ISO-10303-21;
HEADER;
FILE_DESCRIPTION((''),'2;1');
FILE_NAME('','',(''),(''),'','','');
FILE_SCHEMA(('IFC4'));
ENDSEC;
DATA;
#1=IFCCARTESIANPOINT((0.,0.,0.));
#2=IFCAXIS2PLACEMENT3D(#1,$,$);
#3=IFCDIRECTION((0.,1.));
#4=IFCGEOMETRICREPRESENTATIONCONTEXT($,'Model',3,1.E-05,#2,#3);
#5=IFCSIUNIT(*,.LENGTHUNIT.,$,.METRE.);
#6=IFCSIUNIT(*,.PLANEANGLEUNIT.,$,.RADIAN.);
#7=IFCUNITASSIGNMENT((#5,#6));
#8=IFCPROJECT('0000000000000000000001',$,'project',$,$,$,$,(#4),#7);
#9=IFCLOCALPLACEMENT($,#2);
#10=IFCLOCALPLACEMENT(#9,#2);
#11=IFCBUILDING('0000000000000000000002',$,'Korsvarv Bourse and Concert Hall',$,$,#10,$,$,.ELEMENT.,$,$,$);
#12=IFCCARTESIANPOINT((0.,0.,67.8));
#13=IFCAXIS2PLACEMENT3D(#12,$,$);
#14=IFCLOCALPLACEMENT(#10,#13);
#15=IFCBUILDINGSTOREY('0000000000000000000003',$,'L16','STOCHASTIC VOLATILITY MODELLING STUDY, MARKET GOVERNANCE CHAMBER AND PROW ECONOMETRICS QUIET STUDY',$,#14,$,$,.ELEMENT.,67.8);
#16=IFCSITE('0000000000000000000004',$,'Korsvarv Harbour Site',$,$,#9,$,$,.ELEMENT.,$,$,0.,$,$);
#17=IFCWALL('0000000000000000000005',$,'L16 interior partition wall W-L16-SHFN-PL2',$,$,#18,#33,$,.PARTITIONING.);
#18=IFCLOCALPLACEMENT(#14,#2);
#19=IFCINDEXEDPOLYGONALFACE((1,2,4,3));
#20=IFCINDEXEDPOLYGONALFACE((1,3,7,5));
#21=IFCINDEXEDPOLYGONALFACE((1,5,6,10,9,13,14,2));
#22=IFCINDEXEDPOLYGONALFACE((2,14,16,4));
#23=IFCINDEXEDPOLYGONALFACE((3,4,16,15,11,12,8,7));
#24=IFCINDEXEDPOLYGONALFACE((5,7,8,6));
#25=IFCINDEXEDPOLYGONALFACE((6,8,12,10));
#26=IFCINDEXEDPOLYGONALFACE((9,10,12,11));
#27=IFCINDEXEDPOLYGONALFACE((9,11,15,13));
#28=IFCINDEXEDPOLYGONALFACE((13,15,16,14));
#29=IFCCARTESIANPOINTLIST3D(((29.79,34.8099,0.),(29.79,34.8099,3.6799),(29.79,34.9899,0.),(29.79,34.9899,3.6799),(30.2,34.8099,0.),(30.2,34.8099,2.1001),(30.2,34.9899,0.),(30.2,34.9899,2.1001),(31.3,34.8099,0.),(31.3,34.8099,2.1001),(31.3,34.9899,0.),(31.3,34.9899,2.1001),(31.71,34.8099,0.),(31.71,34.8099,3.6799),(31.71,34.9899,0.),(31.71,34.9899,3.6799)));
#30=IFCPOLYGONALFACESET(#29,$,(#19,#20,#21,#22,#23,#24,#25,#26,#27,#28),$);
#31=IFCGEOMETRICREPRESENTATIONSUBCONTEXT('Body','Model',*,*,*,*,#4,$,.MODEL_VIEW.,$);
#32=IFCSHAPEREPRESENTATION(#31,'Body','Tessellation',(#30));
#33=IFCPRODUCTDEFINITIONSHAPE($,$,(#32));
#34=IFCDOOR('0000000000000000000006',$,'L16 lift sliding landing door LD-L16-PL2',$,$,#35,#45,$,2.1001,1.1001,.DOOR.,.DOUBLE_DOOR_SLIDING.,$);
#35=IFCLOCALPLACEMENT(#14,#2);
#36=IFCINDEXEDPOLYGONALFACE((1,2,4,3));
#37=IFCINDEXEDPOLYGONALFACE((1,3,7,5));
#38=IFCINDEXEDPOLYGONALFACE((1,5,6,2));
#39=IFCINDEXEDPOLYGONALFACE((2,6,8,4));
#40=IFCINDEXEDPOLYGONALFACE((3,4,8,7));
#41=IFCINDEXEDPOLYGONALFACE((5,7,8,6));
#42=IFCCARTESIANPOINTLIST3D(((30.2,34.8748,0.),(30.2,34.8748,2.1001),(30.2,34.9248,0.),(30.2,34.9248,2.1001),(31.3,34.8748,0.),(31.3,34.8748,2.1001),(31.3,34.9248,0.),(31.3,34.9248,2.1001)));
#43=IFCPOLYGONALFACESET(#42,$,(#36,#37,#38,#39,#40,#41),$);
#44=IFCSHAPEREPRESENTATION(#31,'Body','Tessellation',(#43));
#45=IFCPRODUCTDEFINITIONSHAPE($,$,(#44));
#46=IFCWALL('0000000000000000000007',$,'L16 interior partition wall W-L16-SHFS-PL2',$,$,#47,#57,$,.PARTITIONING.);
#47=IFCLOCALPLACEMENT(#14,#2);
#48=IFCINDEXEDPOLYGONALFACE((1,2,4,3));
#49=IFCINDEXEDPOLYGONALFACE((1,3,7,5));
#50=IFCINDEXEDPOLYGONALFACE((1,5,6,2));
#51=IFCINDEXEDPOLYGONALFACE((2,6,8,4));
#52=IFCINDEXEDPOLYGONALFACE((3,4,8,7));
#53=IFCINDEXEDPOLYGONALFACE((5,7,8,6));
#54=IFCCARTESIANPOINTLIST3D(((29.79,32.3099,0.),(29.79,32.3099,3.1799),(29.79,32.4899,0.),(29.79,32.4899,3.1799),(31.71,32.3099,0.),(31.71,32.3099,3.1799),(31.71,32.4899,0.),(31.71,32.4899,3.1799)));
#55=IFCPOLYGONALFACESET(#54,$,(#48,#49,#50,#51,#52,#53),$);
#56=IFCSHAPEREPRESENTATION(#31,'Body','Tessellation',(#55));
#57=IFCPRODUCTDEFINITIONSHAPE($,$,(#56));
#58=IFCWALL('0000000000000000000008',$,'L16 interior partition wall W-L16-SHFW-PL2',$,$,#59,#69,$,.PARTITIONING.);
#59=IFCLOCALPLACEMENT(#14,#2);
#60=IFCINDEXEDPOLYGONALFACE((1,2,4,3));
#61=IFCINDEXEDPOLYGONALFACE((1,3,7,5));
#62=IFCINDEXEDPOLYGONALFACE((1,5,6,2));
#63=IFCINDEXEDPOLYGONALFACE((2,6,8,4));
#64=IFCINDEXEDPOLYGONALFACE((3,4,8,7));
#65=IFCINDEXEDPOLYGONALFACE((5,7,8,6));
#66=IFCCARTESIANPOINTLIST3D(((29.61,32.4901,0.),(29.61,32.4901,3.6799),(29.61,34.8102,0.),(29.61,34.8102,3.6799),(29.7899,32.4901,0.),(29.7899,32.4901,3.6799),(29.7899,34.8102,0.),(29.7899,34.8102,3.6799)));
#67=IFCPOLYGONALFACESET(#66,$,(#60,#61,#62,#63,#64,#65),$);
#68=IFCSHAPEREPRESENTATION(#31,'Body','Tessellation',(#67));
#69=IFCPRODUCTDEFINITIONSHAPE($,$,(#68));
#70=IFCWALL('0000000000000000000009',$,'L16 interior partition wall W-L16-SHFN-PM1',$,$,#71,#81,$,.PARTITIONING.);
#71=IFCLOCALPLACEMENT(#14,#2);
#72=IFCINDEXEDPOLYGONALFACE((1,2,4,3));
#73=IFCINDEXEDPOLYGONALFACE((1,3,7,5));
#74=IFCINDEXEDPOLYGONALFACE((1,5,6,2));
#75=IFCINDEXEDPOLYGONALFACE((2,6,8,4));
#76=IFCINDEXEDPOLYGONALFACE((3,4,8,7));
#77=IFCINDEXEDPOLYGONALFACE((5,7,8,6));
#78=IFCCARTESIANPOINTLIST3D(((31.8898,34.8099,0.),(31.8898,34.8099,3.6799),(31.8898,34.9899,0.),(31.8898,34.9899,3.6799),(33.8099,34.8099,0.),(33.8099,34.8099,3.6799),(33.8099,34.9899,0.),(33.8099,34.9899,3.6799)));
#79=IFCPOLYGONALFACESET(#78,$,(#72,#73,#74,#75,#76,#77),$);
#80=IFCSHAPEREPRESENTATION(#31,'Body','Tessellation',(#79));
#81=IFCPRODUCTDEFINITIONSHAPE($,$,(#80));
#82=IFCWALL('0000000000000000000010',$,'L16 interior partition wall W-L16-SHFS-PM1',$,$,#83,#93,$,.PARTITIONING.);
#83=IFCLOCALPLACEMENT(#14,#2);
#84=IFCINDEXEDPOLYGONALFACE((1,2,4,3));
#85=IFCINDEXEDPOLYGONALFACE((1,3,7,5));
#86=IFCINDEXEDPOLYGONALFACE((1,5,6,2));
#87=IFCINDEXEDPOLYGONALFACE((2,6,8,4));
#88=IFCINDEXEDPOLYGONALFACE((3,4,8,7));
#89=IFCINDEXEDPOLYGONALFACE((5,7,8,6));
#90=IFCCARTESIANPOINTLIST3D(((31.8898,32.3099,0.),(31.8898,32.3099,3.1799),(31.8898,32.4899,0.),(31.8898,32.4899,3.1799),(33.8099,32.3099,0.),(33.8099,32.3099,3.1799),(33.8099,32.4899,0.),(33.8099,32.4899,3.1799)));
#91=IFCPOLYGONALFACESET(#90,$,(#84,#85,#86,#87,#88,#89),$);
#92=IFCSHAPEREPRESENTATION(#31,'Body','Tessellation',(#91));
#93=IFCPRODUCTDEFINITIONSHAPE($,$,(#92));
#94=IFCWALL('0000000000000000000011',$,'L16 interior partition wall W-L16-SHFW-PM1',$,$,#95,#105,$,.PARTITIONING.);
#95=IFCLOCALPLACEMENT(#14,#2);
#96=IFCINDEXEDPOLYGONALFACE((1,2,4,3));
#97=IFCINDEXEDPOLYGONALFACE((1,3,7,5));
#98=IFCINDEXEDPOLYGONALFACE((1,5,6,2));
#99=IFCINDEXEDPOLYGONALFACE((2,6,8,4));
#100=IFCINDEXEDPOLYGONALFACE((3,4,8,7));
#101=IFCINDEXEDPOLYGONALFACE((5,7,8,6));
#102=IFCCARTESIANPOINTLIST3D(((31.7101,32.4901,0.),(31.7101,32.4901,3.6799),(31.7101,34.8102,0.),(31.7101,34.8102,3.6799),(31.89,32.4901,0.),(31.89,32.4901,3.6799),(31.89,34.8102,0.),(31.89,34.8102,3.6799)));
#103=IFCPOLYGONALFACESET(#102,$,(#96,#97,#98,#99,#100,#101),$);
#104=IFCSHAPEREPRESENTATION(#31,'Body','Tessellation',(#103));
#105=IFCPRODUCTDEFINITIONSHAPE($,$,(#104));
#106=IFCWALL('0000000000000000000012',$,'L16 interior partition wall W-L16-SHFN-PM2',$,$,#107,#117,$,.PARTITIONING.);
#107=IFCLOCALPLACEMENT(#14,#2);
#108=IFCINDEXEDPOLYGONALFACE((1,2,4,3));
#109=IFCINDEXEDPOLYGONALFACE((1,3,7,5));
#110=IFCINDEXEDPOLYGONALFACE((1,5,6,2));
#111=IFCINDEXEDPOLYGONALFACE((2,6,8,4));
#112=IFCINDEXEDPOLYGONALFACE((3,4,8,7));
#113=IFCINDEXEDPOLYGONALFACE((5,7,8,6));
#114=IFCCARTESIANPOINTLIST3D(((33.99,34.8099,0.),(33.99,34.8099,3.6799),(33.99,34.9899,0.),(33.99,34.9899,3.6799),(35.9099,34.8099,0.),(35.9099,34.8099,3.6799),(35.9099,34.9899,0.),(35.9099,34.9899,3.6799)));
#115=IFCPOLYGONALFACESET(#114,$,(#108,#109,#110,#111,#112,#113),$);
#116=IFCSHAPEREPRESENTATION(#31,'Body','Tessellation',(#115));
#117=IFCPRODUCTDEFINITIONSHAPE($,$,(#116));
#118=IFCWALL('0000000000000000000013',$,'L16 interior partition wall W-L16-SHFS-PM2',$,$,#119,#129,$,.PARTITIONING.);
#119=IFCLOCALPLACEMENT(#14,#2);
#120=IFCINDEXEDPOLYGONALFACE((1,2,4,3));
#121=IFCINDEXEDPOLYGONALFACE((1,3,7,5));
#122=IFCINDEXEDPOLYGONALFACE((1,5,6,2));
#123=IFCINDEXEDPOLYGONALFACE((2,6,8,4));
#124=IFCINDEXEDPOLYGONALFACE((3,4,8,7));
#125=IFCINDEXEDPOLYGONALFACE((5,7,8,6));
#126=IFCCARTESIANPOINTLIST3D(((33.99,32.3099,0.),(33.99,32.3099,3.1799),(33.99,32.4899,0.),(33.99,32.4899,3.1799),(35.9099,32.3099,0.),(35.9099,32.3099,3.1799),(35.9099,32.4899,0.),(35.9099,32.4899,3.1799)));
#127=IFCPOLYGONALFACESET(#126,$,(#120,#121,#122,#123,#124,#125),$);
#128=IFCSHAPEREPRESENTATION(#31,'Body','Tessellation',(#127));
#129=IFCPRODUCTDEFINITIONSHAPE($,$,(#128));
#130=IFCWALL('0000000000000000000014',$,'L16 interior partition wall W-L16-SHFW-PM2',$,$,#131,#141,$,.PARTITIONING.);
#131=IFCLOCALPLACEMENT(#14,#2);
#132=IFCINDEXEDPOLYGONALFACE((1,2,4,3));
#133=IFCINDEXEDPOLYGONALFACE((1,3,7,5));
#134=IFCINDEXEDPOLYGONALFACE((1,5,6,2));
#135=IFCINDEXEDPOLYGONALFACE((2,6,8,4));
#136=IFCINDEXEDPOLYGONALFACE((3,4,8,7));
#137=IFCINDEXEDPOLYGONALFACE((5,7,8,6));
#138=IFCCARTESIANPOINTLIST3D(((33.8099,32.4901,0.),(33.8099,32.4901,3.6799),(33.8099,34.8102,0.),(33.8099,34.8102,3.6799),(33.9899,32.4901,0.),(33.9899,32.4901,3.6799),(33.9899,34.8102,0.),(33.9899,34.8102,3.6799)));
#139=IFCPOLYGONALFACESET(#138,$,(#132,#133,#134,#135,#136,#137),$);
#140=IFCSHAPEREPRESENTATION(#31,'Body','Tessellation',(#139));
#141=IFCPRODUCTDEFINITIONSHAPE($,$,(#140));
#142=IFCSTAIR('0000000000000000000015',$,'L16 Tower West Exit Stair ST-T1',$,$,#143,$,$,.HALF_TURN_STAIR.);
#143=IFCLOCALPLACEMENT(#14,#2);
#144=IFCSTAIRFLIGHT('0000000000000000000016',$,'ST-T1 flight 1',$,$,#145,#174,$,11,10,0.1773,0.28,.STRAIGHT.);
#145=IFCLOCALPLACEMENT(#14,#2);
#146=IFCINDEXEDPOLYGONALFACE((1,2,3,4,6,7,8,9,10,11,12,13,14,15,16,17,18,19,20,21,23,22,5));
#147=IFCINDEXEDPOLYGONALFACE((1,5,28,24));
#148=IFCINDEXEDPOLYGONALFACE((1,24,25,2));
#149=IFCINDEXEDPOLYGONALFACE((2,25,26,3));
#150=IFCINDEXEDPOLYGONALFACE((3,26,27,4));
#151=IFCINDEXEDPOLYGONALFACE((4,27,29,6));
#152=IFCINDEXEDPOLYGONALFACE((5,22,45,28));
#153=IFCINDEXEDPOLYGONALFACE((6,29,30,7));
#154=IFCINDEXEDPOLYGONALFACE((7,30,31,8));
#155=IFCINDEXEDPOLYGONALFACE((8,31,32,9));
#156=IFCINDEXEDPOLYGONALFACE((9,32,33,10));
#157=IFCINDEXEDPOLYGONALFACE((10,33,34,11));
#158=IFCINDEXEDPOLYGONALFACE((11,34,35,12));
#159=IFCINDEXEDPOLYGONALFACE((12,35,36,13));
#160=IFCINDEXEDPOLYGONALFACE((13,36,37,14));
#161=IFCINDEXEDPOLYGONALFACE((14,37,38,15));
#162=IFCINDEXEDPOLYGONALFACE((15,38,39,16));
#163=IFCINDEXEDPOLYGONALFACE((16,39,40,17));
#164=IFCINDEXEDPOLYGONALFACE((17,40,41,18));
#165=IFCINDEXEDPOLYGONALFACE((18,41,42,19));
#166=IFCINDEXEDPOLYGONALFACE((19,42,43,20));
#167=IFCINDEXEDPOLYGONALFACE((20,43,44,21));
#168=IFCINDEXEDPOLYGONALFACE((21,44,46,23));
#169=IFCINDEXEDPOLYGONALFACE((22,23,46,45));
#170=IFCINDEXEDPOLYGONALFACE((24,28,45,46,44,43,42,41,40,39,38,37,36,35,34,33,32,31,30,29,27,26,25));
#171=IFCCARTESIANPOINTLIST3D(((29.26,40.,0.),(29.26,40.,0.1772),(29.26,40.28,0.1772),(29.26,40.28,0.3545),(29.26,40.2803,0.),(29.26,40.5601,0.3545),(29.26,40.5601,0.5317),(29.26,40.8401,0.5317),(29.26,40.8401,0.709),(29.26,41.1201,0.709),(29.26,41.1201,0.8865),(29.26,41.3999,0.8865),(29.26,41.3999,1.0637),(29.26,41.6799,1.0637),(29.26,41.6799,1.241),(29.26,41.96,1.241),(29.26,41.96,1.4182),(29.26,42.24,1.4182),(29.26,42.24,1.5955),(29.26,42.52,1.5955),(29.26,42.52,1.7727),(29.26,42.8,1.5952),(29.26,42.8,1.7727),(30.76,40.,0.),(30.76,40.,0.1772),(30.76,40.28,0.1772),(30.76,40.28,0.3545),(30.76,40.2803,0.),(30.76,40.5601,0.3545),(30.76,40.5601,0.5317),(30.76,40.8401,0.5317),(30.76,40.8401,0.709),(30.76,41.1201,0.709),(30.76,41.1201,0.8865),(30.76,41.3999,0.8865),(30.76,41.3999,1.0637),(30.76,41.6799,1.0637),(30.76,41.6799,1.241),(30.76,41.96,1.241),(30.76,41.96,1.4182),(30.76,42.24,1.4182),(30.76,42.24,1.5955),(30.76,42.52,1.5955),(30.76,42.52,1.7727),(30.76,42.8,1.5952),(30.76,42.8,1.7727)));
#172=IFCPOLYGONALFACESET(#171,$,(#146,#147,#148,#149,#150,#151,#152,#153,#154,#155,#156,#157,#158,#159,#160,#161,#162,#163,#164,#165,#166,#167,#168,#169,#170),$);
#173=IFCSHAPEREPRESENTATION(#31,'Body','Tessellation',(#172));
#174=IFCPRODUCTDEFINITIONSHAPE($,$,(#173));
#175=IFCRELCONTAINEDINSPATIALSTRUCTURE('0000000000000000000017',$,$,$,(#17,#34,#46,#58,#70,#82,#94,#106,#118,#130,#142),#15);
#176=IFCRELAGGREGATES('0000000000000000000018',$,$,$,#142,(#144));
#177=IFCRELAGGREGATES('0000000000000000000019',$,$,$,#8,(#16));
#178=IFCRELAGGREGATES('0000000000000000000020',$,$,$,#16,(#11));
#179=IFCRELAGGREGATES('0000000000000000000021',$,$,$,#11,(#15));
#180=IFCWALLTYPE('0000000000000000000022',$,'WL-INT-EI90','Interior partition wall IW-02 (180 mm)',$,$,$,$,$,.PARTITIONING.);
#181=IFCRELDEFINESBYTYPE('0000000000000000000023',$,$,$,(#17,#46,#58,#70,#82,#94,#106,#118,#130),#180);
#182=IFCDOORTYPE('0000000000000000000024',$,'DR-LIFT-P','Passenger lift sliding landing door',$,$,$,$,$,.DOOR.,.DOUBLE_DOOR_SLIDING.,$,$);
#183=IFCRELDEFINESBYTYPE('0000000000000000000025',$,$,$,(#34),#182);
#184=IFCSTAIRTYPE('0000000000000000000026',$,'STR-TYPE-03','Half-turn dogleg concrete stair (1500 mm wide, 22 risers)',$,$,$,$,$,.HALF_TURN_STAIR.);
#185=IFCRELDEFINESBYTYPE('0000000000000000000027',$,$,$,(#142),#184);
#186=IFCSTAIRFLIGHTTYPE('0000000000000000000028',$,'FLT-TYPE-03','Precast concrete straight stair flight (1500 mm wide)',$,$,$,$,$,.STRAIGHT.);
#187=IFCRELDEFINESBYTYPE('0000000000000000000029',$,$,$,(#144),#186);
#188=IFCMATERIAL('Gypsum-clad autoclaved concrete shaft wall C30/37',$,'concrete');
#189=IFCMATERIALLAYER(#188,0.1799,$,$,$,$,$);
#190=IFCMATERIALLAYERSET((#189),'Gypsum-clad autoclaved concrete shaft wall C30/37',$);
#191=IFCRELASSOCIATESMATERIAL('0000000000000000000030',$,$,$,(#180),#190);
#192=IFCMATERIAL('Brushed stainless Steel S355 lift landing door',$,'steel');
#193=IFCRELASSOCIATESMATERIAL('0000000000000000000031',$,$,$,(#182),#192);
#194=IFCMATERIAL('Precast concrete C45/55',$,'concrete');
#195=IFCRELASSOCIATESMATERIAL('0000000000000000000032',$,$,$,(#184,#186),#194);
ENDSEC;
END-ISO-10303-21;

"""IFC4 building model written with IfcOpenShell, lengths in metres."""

from ifc_helpers import new_model, si_unit, direction, frame, frame_2d, origin, place, context, subcontext, project, spatial, polyline, rectangle, outline, extrude, material, layer, layer_set, type_object, element, fill, aggregate, save


model = new_model("IFC4")

# Units and contexts
model_context = context("Model", 3, precision=1e-05, world=origin(), true_north=direction((0.0, 1.0)))
body_context = subcontext(model_context, "Body", "Model", "MODEL_VIEW")
ifc_project = project(units=[si_unit("LENGTHUNIT", "METRE"), si_unit("PLANEANGLEUNIT", "RADIAN")], contexts=[model_context])

# Site, building, storey
site_placement = place(None, origin())
site = spatial("IfcSite", under=ifc_project, at=site_placement, Name="Korsvarv Harbour Site", CompositionType="ELEMENT", RefElevation=0.0)
building_placement = place(site_placement, origin())
building = spatial("IfcBuilding", under=site, at=building_placement, Name="Korsvarv Bourse and Concert Hall", CompositionType="ELEMENT")
storey_placement = place(building_placement, frame((0.0, 0.0, 67.8)))
storey = spatial("IfcBuildingStorey", under=building, at=storey_placement, Name="L16", Description="STOCHASTIC VOLATILITY MODELLING STUDY, MARKET GOVERNANCE CHAMBER AND PROW ECONOMETRICS QUIET STUDY", CompositionType="ELEMENT", Elevation=67.8)

# Wall, opening, door
ifc_material_1 = material(Name="Gypsum-clad autoclaved concrete shaft wall C30/37", Category="concrete")
ifc_layer_1 = layer(ifc_material_1, 0.1799)
ifc_layer_set_1 = layer_set([ifc_layer_1], Name="Gypsum-clad autoclaved concrete shaft wall C30/37")
wall_type_1 = type_object("IfcWallType", Name="WL-INT-EI90", Description="Interior partition wall IW-02 (180 mm)", PredefinedType="PARTITIONING", material=ifc_layer_set_1)
wall_1_placement = place(storey_placement, frame((29.79, 34.8999, 0.0), z_axis=(0.0, 0.0, 1.0), x_axis=(1.0, 0.0, 0.0)))
wall_1 = element("IfcWall", 1, at=wall_1_placement, inside=storey, type_object=wall_type_1, Name="L16 interior partition wall W-L16-SHFN-PL2", PredefinedType="PARTITIONING", context=body_context, shape_type="SweptSolid", body=[
    extrude(rectangle(XDim=1.9199, YDim=0.1799, at=frame_2d((0.96, 0.0))), origin(), (0.0, 0.0, 1.0), 3.6799),
])
opening_1_placement = place(wall_1_placement, frame((0.4099, 0.0, 0.0)))
opening_1 = element("IfcOpeningElement", 2, at=opening_1_placement, cuts=wall_1, PredefinedType="OPENING", context=body_context, shape_type="SweptSolid", body=[
    extrude(rectangle(XDim=1.1001, YDim=2.1001, at=frame_2d((0.55, 1.05))), frame((0.0, 0.1001, 0.0), z_axis=(0.0, -1.0, 0.0), x_axis=(1.0, 0.0, 0.0)), (0.0, 0.0, 1.0), 0.2),
])
ifc_material_2 = material(Name="Brushed stainless Steel S355 lift landing door", Category="steel")
door_type_1 = type_object("IfcDoorType", Name="DR-LIFT-P", Description="Passenger lift sliding landing door", OperationType="DOUBLE_DOOR_SLIDING", PredefinedType="DOOR", material=ifc_material_2)
door_1_placement = place(opening_1_placement, origin())
door_1 = element("IfcDoor", 3, at=door_1_placement, inside=storey, type_object=door_type_1, Name="L16 lift sliding landing door LD-L16-PL2", OperationType="DOUBLE_DOOR_SLIDING", OverallHeight=2.1001, OverallWidth=1.1001, PredefinedType="DOOR", context=body_context, shape_type="SweptSolid", body=[
    extrude(rectangle(XDim=1.1001, YDim=2.1001, at=frame_2d((0.55, 1.05))), frame((0.0, 0.0249, 0.0), z_axis=(0.0, -1.0, 0.0), x_axis=(1.0, 0.0, 0.0)), (0.0, 0.0, 1.0), 0.05),
])
fill(opening_1, door_1)

# Walls
wall_2_placement = place(storey_placement, frame((29.79, 32.3999, 0.0), z_axis=(0.0, 0.0, 1.0), x_axis=(1.0, 0.0, 0.0)))
element("IfcWall", 4, at=wall_2_placement, inside=storey, type_object=wall_type_1, Name="L16 interior partition wall W-L16-SHFS-PL2", PredefinedType="PARTITIONING", context=body_context, shape_type="SweptSolid", body=[
    extrude(rectangle(XDim=1.9199, YDim=0.1799, at=frame_2d((0.96, 0.0))), origin(), (0.0, 0.0, 1.0), 3.1799),
])
wall_3_placement = place(storey_placement, frame((29.7, 32.49, 0.0), z_axis=(0.0, 0.0, 1.0), x_axis=(0.0, 1.0, 0.0)))
element("IfcWall", 5, at=wall_3_placement, inside=storey, type_object=wall_type_1, Name="L16 interior partition wall W-L16-SHFW-PL2", PredefinedType="PARTITIONING", context=body_context, shape_type="SweptSolid", body=[
    extrude(rectangle(XDim=2.3201, YDim=0.1799, at=frame_2d((1.1602, 0.0))), origin(), (0.0, 0.0, 1.0), 3.6799),
])
wall_4_placement = place(storey_placement, frame((31.8899, 34.8999, 0.0), z_axis=(0.0, 0.0, 1.0), x_axis=(1.0, 0.0, 0.0)))
element("IfcWall", 6, at=wall_4_placement, inside=storey, type_object=wall_type_1, Name="L16 interior partition wall W-L16-SHFN-PM1", PredefinedType="PARTITIONING", context=body_context, shape_type="SweptSolid", body=[
    extrude(rectangle(XDim=1.9202, YDim=0.1799, at=frame_2d((0.96, 0.0))), origin(), (0.0, 0.0, 1.0), 3.6799),
])
wall_5_placement = place(storey_placement, frame((31.8899, 32.3999, 0.0), z_axis=(0.0, 0.0, 1.0), x_axis=(1.0, 0.0, 0.0)))
element("IfcWall", 7, at=wall_5_placement, inside=storey, type_object=wall_type_1, Name="L16 interior partition wall W-L16-SHFS-PM1", PredefinedType="PARTITIONING", context=body_context, shape_type="SweptSolid", body=[
    extrude(rectangle(XDim=1.9202, YDim=0.1799, at=frame_2d((0.96, 0.0))), origin(), (0.0, 0.0, 1.0), 3.1799),
])
wall_6_placement = place(storey_placement, frame((31.8, 32.49, 0.0), z_axis=(0.0, 0.0, 1.0), x_axis=(0.0, 1.0, 0.0)))
element("IfcWall", 8, at=wall_6_placement, inside=storey, type_object=wall_type_1, Name="L16 interior partition wall W-L16-SHFW-PM1", PredefinedType="PARTITIONING", context=body_context, shape_type="SweptSolid", body=[
    extrude(rectangle(XDim=2.3201, YDim=0.1799, at=frame_2d((1.1602, 0.0))), origin(), (0.0, 0.0, 1.0), 3.6799),
])
wall_7_placement = place(storey_placement, frame((33.99, 34.8999, 0.0), z_axis=(0.0, 0.0, 1.0), x_axis=(1.0, 0.0, 0.0)))
element("IfcWall", 9, at=wall_7_placement, inside=storey, type_object=wall_type_1, Name="L16 interior partition wall W-L16-SHFN-PM2", PredefinedType="PARTITIONING", context=body_context, shape_type="SweptSolid", body=[
    extrude(rectangle(XDim=1.9199, YDim=0.1799, at=frame_2d((0.96, 0.0))), origin(), (0.0, 0.0, 1.0), 3.6799),
])
wall_8_placement = place(storey_placement, frame((33.99, 32.3999, 0.0), z_axis=(0.0, 0.0, 1.0), x_axis=(1.0, 0.0, 0.0)))
element("IfcWall", 10, at=wall_8_placement, inside=storey, type_object=wall_type_1, Name="L16 interior partition wall W-L16-SHFS-PM2", PredefinedType="PARTITIONING", context=body_context, shape_type="SweptSolid", body=[
    extrude(rectangle(XDim=1.9199, YDim=0.1799, at=frame_2d((0.96, 0.0))), origin(), (0.0, 0.0, 1.0), 3.1799),
])
wall_9_placement = place(storey_placement, frame((33.8999, 32.49, 0.0), z_axis=(0.0, 0.0, 1.0), x_axis=(0.0, 1.0, 0.0)))
element("IfcWall", 11, at=wall_9_placement, inside=storey, type_object=wall_type_1, Name="L16 interior partition wall W-L16-SHFW-PM2", PredefinedType="PARTITIONING", context=body_context, shape_type="SweptSolid", body=[
    extrude(rectangle(XDim=2.3201, YDim=0.1799, at=frame_2d((1.1602, 0.0))), origin(), (0.0, 0.0, 1.0), 3.6799),
])

# Stair, stair flight
ifc_material_3 = material(Name="Precast concrete C45/55", Category="concrete")
stair_type = type_object("IfcStairType", Name="STR-TYPE-03", Description="Half-turn dogleg concrete stair (1500 mm wide, 22 risers)", PredefinedType="HALF_TURN_STAIR", material=ifc_material_3)
stair_placement = place(storey_placement, origin())
stair = element("IfcStair", 12, at=stair_placement, inside=storey, type_object=stair_type, Name="L16 Tower West Exit Stair ST-T1", PredefinedType="HALF_TURN_STAIR")
stair_flight_type = type_object("IfcStairFlightType", Name="FLT-TYPE-03", Description="Precast concrete straight stair flight (1500 mm wide)", PredefinedType="STRAIGHT", material=ifc_material_3)
stair_flight_placement = place(storey_placement, frame((30.01, 40.0, 0.0), z_axis=(0.0, 0.0, 1.0), x_axis=(0.0, 1.0, 0.0)))
stair_flight = element("IfcStairFlight", 13, at=stair_flight_placement, type_object=stair_flight_type, Name="ST-T1 flight 1", NumberOfRisers=11, NumberOfTreads=10, PredefinedType="STRAIGHT", RiserHeight=0.1773, TreadLength=0.28, context=body_context, shape_type="SweptSolid", body=[
    extrude(outline(polyline([(0.0, 0.0), (0.0, 0.1772), (0.28, 0.1772), (0.28, 0.3545), (0.5601, 0.3545), (0.5601, 0.5317), (0.8401, 0.5317), (0.8401, 0.709), (1.1201, 0.709), (1.1201, 0.8865), (1.3999, 0.8865), (1.3999, 1.0637), (1.6799, 1.0637), (1.6799, 1.241), (1.96, 1.241), (1.96, 1.4182), (2.24, 1.4182), (2.24, 1.5955), (2.52, 1.5955), (2.52, 1.7727), (2.8, 1.7727), (2.8, 1.95), (2.8, 1.5952), (0.2803, 0.0), (0.0, 0.0)])), frame((0.0, 0.75, 0.0), z_axis=(0.0, -1.0, 0.0), x_axis=(1.0, 0.0, 0.0)), (0.0, 0.0, 1.0), 1.5),
])
aggregate(stair, [stair_flight])

save(model, "model.ifc")
